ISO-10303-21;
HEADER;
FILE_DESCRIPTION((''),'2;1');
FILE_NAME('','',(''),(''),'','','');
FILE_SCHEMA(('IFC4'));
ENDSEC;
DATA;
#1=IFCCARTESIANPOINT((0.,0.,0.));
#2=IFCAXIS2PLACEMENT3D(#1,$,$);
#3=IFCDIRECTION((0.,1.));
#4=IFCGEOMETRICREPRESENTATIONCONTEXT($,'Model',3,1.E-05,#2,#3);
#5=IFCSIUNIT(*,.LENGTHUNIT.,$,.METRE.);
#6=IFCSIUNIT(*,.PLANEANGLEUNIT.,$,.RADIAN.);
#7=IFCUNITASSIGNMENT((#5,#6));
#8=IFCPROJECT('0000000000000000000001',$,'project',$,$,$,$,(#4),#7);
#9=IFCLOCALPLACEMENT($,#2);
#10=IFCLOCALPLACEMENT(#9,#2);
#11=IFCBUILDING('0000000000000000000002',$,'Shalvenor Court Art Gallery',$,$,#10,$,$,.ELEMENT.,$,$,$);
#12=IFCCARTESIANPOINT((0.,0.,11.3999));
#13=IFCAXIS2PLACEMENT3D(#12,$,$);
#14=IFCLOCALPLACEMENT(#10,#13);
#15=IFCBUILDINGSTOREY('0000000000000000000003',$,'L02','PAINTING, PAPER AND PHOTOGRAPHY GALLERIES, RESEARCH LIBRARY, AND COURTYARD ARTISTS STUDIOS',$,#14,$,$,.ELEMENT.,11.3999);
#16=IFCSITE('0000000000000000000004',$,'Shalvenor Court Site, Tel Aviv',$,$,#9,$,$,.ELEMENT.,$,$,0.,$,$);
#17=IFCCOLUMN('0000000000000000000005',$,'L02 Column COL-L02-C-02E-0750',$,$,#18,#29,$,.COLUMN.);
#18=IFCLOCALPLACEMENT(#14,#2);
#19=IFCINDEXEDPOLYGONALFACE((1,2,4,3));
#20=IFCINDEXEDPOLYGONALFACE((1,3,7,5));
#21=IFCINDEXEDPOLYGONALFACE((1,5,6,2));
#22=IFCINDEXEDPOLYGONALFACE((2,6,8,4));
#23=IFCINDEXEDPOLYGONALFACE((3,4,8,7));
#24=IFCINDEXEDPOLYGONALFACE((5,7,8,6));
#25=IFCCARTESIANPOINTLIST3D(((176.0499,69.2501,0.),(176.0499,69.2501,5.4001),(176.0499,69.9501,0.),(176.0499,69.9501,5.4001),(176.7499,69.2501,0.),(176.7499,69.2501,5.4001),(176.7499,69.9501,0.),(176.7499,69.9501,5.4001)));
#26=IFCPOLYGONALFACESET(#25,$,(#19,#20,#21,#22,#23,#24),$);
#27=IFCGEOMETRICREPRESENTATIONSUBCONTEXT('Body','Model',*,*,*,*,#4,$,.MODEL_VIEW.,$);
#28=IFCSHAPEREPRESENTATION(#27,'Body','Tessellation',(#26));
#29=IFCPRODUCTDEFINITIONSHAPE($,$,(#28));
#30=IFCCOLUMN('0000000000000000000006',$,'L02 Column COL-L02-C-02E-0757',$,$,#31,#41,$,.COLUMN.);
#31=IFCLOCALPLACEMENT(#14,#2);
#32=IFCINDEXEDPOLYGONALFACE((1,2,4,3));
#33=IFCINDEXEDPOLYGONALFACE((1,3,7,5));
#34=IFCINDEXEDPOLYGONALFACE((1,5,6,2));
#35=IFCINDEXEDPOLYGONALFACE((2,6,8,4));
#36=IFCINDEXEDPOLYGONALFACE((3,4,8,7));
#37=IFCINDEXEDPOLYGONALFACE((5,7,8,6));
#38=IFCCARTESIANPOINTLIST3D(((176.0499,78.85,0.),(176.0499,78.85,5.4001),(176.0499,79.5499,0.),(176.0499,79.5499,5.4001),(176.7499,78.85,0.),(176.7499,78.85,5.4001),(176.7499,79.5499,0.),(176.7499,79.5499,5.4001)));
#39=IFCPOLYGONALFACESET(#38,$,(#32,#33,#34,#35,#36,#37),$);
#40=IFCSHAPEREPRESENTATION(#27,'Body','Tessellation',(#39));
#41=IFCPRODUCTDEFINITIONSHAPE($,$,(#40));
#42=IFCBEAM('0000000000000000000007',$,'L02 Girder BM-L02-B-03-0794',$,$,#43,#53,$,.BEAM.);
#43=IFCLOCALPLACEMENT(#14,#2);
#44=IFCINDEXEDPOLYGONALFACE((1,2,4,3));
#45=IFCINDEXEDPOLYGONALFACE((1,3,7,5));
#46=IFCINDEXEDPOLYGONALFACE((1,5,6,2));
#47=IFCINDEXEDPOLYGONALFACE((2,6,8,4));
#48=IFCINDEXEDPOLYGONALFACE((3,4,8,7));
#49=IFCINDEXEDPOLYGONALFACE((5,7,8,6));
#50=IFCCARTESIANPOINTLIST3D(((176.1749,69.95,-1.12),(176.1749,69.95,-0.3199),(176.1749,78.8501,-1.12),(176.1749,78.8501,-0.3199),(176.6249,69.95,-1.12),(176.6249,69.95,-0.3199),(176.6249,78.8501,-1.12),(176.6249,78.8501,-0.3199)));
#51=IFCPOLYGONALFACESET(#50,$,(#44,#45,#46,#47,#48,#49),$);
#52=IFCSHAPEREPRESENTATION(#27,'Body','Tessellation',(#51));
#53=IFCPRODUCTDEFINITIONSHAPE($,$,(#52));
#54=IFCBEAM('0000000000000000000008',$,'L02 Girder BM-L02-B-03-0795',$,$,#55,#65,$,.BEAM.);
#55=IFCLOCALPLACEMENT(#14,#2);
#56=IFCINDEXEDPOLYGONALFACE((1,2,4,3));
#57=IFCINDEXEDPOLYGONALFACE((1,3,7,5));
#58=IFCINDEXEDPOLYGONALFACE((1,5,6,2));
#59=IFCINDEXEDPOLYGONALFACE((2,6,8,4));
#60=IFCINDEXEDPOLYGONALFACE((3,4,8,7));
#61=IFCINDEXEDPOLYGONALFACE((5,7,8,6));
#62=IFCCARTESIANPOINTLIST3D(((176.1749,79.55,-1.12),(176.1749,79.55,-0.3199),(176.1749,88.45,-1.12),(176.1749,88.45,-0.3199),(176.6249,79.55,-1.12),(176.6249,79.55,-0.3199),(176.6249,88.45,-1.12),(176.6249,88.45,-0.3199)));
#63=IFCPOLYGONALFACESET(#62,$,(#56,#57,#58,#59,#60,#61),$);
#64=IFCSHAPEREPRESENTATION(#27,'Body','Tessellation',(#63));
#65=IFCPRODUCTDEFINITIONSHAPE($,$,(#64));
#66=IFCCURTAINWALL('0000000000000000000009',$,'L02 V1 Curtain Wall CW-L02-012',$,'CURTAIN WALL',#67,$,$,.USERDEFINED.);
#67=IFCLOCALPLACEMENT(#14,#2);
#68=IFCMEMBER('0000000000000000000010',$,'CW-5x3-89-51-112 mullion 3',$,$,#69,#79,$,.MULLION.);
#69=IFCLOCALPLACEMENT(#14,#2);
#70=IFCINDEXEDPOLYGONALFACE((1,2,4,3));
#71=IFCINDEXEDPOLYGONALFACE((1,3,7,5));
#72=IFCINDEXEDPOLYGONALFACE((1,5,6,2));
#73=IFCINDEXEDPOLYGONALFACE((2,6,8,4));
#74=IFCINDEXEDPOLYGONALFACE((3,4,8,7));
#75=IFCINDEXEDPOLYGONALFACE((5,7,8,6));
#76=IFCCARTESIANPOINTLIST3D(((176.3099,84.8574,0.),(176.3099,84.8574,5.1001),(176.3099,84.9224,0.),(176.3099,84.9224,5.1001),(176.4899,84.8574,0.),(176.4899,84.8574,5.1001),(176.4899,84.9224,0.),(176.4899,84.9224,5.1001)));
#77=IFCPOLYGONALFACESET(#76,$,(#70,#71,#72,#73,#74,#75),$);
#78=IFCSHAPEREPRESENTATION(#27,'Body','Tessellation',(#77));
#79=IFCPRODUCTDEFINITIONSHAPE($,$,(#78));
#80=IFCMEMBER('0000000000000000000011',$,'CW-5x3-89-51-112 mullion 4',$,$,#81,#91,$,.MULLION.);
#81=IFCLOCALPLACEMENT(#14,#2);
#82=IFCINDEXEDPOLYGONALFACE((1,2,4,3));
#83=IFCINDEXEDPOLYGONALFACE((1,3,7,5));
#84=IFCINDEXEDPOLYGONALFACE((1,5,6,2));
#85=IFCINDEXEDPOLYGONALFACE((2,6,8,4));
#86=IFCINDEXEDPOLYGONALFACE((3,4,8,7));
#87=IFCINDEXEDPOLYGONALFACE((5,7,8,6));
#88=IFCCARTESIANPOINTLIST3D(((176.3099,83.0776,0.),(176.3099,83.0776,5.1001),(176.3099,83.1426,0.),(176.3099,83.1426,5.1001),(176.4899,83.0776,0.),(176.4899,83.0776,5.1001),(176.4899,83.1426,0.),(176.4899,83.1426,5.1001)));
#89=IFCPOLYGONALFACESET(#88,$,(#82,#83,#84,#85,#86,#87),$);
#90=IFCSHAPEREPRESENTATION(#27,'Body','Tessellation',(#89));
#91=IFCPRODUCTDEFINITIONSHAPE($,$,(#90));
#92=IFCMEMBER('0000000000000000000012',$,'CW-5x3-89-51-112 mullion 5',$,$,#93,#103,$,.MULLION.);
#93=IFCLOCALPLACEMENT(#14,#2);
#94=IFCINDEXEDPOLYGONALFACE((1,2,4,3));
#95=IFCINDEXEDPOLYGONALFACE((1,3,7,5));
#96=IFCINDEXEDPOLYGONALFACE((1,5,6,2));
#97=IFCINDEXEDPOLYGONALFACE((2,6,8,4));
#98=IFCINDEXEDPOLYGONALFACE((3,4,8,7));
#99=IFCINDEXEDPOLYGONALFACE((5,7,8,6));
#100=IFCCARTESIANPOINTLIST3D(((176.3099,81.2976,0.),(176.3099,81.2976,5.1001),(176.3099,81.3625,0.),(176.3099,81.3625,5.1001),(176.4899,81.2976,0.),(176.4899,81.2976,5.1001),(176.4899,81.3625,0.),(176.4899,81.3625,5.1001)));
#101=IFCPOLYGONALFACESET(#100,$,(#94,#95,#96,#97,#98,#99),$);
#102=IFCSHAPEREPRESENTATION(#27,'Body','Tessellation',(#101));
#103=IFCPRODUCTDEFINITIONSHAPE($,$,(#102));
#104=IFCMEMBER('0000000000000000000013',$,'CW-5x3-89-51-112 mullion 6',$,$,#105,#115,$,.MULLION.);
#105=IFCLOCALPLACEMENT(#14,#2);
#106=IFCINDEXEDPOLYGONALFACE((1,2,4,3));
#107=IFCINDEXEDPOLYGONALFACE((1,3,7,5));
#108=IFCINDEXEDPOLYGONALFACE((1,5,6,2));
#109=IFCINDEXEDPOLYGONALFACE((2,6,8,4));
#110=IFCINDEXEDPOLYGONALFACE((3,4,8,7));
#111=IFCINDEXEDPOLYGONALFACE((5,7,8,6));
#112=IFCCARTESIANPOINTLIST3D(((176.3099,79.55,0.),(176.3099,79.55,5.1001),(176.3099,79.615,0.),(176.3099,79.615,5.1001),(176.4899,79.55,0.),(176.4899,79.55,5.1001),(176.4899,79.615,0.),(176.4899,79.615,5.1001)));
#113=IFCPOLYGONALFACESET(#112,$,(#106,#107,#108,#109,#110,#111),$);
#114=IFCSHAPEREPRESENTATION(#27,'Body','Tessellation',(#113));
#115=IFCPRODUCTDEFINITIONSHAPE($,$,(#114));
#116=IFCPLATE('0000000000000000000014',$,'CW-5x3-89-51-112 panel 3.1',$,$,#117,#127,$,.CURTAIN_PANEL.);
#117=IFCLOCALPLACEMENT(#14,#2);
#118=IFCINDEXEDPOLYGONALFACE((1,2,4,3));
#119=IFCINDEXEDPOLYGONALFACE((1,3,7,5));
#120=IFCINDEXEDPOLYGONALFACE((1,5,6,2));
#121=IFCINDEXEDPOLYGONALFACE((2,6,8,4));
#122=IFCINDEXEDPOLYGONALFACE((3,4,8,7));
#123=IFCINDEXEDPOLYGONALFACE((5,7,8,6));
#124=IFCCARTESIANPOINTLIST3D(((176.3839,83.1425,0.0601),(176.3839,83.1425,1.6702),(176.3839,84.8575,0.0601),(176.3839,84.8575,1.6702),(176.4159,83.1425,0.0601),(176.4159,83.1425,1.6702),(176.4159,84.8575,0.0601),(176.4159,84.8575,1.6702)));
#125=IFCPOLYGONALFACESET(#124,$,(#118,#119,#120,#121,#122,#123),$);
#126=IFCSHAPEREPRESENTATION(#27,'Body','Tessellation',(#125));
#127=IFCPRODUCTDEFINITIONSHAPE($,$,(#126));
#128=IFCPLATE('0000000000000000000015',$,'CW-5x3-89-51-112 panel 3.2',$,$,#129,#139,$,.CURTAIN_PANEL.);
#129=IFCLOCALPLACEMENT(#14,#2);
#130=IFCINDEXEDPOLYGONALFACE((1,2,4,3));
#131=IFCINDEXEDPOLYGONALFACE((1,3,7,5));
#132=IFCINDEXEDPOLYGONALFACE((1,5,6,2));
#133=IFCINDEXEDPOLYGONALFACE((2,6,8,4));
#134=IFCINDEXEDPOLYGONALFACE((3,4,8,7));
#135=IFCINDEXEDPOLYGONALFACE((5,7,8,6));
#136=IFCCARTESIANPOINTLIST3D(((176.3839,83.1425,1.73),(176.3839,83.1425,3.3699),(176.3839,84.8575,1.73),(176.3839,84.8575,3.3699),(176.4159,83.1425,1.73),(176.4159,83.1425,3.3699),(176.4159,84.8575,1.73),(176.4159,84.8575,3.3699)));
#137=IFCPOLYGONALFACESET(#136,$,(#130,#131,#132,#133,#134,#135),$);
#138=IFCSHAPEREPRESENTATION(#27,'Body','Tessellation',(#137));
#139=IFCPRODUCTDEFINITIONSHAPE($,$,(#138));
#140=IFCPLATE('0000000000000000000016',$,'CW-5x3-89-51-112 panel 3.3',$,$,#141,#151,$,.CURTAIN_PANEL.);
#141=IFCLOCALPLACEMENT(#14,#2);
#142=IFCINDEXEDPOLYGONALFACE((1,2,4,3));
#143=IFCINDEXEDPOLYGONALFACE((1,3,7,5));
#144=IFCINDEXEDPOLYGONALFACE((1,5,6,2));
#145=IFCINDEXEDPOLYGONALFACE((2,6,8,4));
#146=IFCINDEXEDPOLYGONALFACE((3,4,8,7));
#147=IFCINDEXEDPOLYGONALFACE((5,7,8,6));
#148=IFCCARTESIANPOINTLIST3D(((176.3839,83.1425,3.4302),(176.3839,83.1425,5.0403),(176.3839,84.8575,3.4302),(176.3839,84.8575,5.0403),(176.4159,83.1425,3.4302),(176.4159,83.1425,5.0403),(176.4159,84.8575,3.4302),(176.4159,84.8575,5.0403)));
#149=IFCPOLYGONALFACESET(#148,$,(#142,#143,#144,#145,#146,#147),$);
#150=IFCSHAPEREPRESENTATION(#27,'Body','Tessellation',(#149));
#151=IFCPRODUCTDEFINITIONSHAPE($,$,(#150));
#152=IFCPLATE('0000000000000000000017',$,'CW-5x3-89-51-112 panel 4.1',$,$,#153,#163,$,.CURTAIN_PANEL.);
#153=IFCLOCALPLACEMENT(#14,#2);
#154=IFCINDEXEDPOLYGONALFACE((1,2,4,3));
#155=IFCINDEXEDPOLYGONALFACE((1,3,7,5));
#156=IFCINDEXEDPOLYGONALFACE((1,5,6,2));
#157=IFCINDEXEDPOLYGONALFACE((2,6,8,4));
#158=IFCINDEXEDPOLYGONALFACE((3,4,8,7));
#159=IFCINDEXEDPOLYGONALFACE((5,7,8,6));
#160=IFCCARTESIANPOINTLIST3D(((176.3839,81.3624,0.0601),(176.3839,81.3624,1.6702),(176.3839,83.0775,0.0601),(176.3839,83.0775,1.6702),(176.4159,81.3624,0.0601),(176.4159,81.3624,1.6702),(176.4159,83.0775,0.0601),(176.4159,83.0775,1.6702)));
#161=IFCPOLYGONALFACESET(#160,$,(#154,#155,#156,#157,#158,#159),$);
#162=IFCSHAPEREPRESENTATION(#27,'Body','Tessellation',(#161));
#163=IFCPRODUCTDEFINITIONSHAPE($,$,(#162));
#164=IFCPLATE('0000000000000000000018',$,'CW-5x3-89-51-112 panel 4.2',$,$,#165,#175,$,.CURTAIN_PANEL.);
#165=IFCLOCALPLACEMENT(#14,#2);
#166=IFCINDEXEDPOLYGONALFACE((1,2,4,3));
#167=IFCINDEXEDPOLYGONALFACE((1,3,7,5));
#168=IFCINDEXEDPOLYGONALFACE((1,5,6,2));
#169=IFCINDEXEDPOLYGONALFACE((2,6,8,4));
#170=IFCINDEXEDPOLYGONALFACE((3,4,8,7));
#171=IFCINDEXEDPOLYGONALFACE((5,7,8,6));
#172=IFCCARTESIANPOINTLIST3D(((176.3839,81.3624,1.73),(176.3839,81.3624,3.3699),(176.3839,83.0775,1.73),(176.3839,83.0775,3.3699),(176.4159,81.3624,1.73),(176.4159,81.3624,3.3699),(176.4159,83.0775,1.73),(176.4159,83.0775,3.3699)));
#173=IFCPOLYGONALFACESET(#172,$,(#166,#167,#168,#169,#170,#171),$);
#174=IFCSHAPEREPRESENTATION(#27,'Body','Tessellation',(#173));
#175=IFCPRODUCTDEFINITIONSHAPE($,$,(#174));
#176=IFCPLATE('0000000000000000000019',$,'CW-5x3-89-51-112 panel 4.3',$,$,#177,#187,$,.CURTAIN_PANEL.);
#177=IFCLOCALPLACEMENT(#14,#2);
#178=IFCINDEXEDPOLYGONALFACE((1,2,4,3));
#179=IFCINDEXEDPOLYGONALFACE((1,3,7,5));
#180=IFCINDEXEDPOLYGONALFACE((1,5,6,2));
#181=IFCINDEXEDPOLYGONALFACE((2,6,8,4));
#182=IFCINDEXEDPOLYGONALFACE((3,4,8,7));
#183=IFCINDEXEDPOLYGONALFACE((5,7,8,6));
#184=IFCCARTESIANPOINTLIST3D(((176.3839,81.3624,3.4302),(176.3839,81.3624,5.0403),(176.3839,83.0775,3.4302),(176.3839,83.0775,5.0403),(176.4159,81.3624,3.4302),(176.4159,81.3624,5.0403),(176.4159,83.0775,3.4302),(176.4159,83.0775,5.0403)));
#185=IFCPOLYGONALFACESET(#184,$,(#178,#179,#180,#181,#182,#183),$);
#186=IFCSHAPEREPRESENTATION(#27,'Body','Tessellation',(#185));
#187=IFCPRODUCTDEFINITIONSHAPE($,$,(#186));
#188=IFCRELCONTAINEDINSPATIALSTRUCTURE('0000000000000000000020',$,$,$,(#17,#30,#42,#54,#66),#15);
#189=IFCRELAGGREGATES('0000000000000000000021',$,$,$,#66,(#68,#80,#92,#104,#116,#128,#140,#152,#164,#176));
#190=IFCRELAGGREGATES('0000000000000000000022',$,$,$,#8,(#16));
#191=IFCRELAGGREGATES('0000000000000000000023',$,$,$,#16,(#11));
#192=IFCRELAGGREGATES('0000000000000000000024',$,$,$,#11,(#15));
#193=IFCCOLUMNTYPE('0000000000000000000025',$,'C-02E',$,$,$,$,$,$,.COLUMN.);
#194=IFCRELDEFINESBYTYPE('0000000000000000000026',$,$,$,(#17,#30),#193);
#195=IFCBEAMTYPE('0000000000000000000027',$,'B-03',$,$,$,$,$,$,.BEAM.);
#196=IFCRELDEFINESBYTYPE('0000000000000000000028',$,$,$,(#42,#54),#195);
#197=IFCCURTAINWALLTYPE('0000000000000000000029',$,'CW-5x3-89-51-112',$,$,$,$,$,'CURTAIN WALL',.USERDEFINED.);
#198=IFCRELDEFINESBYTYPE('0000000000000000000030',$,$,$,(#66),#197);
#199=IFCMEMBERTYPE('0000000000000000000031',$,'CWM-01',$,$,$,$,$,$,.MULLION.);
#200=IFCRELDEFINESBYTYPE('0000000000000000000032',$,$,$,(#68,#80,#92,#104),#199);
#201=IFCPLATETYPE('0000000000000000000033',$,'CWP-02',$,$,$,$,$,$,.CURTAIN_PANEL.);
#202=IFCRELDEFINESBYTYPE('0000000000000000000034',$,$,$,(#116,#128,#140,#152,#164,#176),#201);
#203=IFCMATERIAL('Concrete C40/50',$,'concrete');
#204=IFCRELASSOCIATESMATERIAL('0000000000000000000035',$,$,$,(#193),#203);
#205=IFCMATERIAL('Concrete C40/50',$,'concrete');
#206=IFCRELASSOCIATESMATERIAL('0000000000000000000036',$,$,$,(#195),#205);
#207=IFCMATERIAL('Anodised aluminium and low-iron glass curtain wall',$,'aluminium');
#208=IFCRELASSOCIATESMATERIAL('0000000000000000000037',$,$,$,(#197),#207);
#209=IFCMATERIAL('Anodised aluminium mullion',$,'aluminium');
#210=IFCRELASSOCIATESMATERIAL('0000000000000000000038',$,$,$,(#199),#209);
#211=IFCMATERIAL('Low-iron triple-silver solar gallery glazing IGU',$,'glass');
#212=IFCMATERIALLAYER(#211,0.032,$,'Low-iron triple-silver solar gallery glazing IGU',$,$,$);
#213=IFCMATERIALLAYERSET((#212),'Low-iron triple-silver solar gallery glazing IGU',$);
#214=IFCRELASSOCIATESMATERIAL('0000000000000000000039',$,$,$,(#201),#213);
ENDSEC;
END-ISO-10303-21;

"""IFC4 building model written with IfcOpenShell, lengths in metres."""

from ifc_helpers import new_model, si_unit, direction, frame, origin, origin_2d, place, context, subcontext, project, spatial, rectangle, extrude, material, layer, layer_set, material_profile, profile_set, type_object, element, aggregate, save


model = new_model("IFC4")

# Units and contexts
model_context = context("Model", 3, precision=1e-05, world=origin(), true_north=direction((0.0, 1.0)))
body_context = subcontext(model_context, "Body", "Model", "MODEL_VIEW")
ifc_project = project(units=[si_unit("LENGTHUNIT", "METRE"), si_unit("PLANEANGLEUNIT", "RADIAN")], contexts=[model_context])

# Site, building, storey
site_placement = place(None, origin())
site = spatial("IfcSite", under=ifc_project, at=site_placement, Name="Shalvenor Court Site, Tel Aviv", CompositionType="ELEMENT", RefElevation=0.0)
building_placement = place(site_placement, origin())
building = spatial("IfcBuilding", under=site, at=building_placement, Name="Shalvenor Court Art Gallery", CompositionType="ELEMENT")
storey_placement = place(building_placement, frame((0.0, 0.0, 11.3999)))
storey = spatial("IfcBuildingStorey", under=building, at=storey_placement, Name="L02", Description="PAINTING, PAPER AND PHOTOGRAPHY GALLERIES, RESEARCH LIBRARY, AND COURTYARD ARTISTS STUDIOS", CompositionType="ELEMENT", Elevation=11.3999)

# Columns
ifc_material_1 = material(Name="Concrete C40/50", Category="concrete")
ifc_material_profile_1 = material_profile(ifc_material_1, rectangle(XDim=0.7, YDim=0.7, at=origin_2d()), Name="RC 700x700")
ifc_profile_set_1 = profile_set([ifc_material_profile_1], Name="Concrete C40/50")
column_type = type_object("IfcColumnType", Name="C-02E", PredefinedType="COLUMN", material=ifc_profile_set_1)
for number, where, z_axis, x_axis, name in (
    (1, (176.3999, 69.6001, 0.0), (0.0, 0.0, 1.0), (1.0, 0.0, 0.0), "L02 Column COL-L02-C-02E-0750"),
    (2, (176.3999, 79.2, 0.0), (0.0, 0.0, 1.0), (1.0, 0.0, 0.0), "L02 Column COL-L02-C-02E-0757"),
):
    element("IfcColumn", number, at=place(storey_placement, frame(where, z_axis=z_axis, x_axis=x_axis)), inside=storey, type_object=column_type, Name=name, PredefinedType="COLUMN", context=body_context, shape_type="SweptSolid", body=[
        extrude(rectangle(XDim=0.7, YDim=0.7, at=origin_2d()), origin(), (0.0, 0.0, 1.0), 5.4001),
    ])

# Beams
ifc_material_2 = material(Name="Concrete C40/50", Category="concrete")
ifc_material_profile_2 = material_profile(ifc_material_2, rectangle(XDim=0.45, YDim=0.8, at=origin_2d()), Name="RC 450x800")
ifc_profile_set_2 = profile_set([ifc_material_profile_2], Name="Concrete C40/50")
beam_type = type_object("IfcBeamType", Name="B-03", PredefinedType="BEAM", material=ifc_profile_set_2)
beam_1_placement = place(storey_placement, frame((176.3999, 69.95, -0.72), z_axis=(0.0, 1.0, 0.0), x_axis=(-1.0, 0.0, 0.0)))
element("IfcBeam", 3, at=beam_1_placement, inside=storey, type_object=beam_type, Name="L02 Girder BM-L02-B-03-0794", PredefinedType="BEAM", context=body_context, shape_type="SweptSolid", body=[
    extrude(rectangle(XDim=0.45, YDim=0.8, at=origin_2d()), origin(), (0.0, 0.0, 1.0), 8.9001),
])
beam_2_placement = place(storey_placement, frame((176.3999, 79.55, -0.72), z_axis=(0.0, 1.0, 0.0), x_axis=(-1.0, 0.0, 0.0)))
element("IfcBeam", 4, at=beam_2_placement, inside=storey, type_object=beam_type, Name="L02 Girder BM-L02-B-03-0795", PredefinedType="BEAM", context=body_context, shape_type="SweptSolid", body=[
    extrude(rectangle(XDim=0.45, YDim=0.8, at=origin_2d()), origin(), (0.0, 0.0, 1.0), 8.8999),
])

# Curtain wall, members, plates
ifc_material_3 = material(Name="Anodised aluminium and low-iron glass curtain wall", Category="aluminium")
curtain_wall_type = type_object("IfcCurtainWallType", Name="CW-5x3-89-51-112", ElementType="CURTAIN WALL", PredefinedType="USERDEFINED", material=ifc_material_3)
curtain_wall_placement = place(storey_placement, origin())
curtain_wall = element("IfcCurtainWall", 5, at=curtain_wall_placement, inside=storey, type_object=curtain_wall_type, Name="L02 V1 Curtain Wall CW-L02-012", ObjectType="CURTAIN WALL", PredefinedType="USERDEFINED")
ifc_material_4 = material(Name="Anodised aluminium mullion", Category="aluminium")
ifc_material_profile_3 = material_profile(ifc_material_4, rectangle(XDim=0.0649, YDim=0.1799, at=origin_2d()), Name="CWM-01")
ifc_profile_set_3 = profile_set([ifc_material_profile_3], Name="Anodised aluminium mullion")
member_type = type_object("IfcMemberType", Name="CWM-01", PredefinedType="MULLION", material=ifc_profile_set_3)
member_1_placement = place(storey_placement, frame((176.3999, 84.8899, 0.0), z_axis=(0.0, 0.0, 1.0), x_axis=(0.0, -1.0, 0.0)))
member_1 = element("IfcMember", 6, at=member_1_placement, type_object=member_type, Name="CW-5x3-89-51-112 mullion 3", PredefinedType="MULLION", context=body_context, shape_type="SweptSolid", body=[
    extrude(rectangle(XDim=0.0649, YDim=0.1799, at=origin_2d()), origin(), (0.0, 0.0, 1.0), 5.1001),
])
member_2_placement = place(storey_placement, frame((176.3999, 83.1101, 0.0), z_axis=(0.0, 0.0, 1.0), x_axis=(0.0, -1.0, 0.0)))
member_2 = element("IfcMember", 7, at=member_2_placement, type_object=member_type, Name="CW-5x3-89-51-112 mullion 4", PredefinedType="MULLION", context=body_context, shape_type="SweptSolid", body=[
    extrude(rectangle(XDim=0.0649, YDim=0.1799, at=origin_2d()), origin(), (0.0, 0.0, 1.0), 5.1001),
])
member_3_placement = place(storey_placement, frame((176.3999, 81.3301, 0.0), z_axis=(0.0, 0.0, 1.0), x_axis=(0.0, -1.0, 0.0)))
member_3 = element("IfcMember", 8, at=member_3_placement, type_object=member_type, Name="CW-5x3-89-51-112 mullion 5", PredefinedType="MULLION", context=body_context, shape_type="SweptSolid", body=[
    extrude(rectangle(XDim=0.0649, YDim=0.1799, at=origin_2d()), origin(), (0.0, 0.0, 1.0), 5.1001),
])
member_4_placement = place(storey_placement, frame((176.3999, 79.5825, 0.0), z_axis=(0.0, 0.0, 1.0), x_axis=(0.0, -1.0, 0.0)))
member_4 = element("IfcMember", 9, at=member_4_placement, type_object=member_type, Name="CW-5x3-89-51-112 mullion 6", PredefinedType="MULLION", context=body_context, shape_type="SweptSolid", body=[
    extrude(rectangle(XDim=0.0649, YDim=0.1799, at=origin_2d()), origin(), (0.0, 0.0, 1.0), 5.1001),
])
ifc_material_5 = material(Name="Low-iron triple-silver solar gallery glazing IGU", Category="glass")
ifc_layer_1 = layer(ifc_material_5, 0.032, Name="Low-iron triple-silver solar gallery glazing IGU")
ifc_layer_set_1 = layer_set([ifc_layer_1], Name="Low-iron triple-silver solar gallery glazing IGU")
plate_type_1 = type_object("IfcPlateType", Name="CWP-02", PredefinedType="CURTAIN_PANEL", material=ifc_layer_set_1)
plate_1_placement = place(storey_placement, frame((176.3999, 84.0, 0.0601), z_axis=(0.0, 0.0, 1.0), x_axis=(0.0, -1.0, 0.0)))
plate_1 = element("IfcPlate", 10, at=plate_1_placement, type_object=plate_type_1, Name="CW-5x3-89-51-112 panel 3.1", PredefinedType="CURTAIN_PANEL", context=body_context, shape_type="SweptSolid", body=[
    extrude(rectangle(XDim=1.7151, YDim=0.032, at=origin_2d()), origin(), (0.0, 0.0, 1.0), 1.6101),
])
plate_2_placement = place(storey_placement, frame((176.3999, 84.0, 1.73), z_axis=(0.0, 0.0, 1.0), x_axis=(0.0, -1.0, 0.0)))
plate_2 = element("IfcPlate", 11, at=plate_2_placement, type_object=plate_type_1, Name="CW-5x3-89-51-112 panel 3.2", PredefinedType="CURTAIN_PANEL", context=body_context, shape_type="SweptSolid", body=[
    extrude(rectangle(XDim=1.7151, YDim=0.032, at=origin_2d()), origin(), (0.0, 0.0, 1.0), 1.6399),
])
plate_3_placement = place(storey_placement, frame((176.3999, 84.0, 3.4302), z_axis=(0.0, 0.0, 1.0), x_axis=(0.0, -1.0, 0.0)))
plate_3 = element("IfcPlate", 12, at=plate_3_placement, type_object=plate_type_1, Name="CW-5x3-89-51-112 panel 3.3", PredefinedType="CURTAIN_PANEL", context=body_context, shape_type="SweptSolid", body=[
    extrude(rectangle(XDim=1.7151, YDim=0.032, at=origin_2d()), origin(), (0.0, 0.0, 1.0), 1.6101),
])
plate_4_placement = place(storey_placement, frame((176.3999, 82.22, 0.0601), z_axis=(0.0, 0.0, 1.0), x_axis=(0.0, -1.0, 0.0)))
plate_4 = element("IfcPlate", 13, at=plate_4_placement, type_object=plate_type_1, Name="CW-5x3-89-51-112 panel 4.1", PredefinedType="CURTAIN_PANEL", context=body_context, shape_type="SweptSolid", body=[
    extrude(rectangle(XDim=1.7151, YDim=0.032, at=origin_2d()), origin(), (0.0, 0.0, 1.0), 1.6101),
])
plate_5_placement = place(storey_placement, frame((176.3999, 82.22, 1.73), z_axis=(0.0, 0.0, 1.0), x_axis=(0.0, -1.0, 0.0)))
plate_5 = element("IfcPlate", 14, at=plate_5_placement, type_object=plate_type_1, Name="CW-5x3-89-51-112 panel 4.2", PredefinedType="CURTAIN_PANEL", context=body_context, shape_type="SweptSolid", body=[
    extrude(rectangle(XDim=1.7151, YDim=0.032, at=origin_2d()), origin(), (0.0, 0.0, 1.0), 1.6399),
])
plate_6_placement = place(storey_placement, frame((176.3999, 82.22, 3.4302), z_axis=(0.0, 0.0, 1.0), x_axis=(0.0, -1.0, 0.0)))
plate_6 = element("IfcPlate", 15, at=plate_6_placement, type_object=plate_type_1, Name="CW-5x3-89-51-112 panel 4.3", PredefinedType="CURTAIN_PANEL", context=body_context, shape_type="SweptSolid", body=[
    extrude(rectangle(XDim=1.7151, YDim=0.032, at=origin_2d()), origin(), (0.0, 0.0, 1.0), 1.6101),
])
aggregate(curtain_wall, [member_1, member_2, member_3, member_4, plate_1, plate_2, plate_3, plate_4, plate_5, plate_6])

save(model, "model.ifc")
